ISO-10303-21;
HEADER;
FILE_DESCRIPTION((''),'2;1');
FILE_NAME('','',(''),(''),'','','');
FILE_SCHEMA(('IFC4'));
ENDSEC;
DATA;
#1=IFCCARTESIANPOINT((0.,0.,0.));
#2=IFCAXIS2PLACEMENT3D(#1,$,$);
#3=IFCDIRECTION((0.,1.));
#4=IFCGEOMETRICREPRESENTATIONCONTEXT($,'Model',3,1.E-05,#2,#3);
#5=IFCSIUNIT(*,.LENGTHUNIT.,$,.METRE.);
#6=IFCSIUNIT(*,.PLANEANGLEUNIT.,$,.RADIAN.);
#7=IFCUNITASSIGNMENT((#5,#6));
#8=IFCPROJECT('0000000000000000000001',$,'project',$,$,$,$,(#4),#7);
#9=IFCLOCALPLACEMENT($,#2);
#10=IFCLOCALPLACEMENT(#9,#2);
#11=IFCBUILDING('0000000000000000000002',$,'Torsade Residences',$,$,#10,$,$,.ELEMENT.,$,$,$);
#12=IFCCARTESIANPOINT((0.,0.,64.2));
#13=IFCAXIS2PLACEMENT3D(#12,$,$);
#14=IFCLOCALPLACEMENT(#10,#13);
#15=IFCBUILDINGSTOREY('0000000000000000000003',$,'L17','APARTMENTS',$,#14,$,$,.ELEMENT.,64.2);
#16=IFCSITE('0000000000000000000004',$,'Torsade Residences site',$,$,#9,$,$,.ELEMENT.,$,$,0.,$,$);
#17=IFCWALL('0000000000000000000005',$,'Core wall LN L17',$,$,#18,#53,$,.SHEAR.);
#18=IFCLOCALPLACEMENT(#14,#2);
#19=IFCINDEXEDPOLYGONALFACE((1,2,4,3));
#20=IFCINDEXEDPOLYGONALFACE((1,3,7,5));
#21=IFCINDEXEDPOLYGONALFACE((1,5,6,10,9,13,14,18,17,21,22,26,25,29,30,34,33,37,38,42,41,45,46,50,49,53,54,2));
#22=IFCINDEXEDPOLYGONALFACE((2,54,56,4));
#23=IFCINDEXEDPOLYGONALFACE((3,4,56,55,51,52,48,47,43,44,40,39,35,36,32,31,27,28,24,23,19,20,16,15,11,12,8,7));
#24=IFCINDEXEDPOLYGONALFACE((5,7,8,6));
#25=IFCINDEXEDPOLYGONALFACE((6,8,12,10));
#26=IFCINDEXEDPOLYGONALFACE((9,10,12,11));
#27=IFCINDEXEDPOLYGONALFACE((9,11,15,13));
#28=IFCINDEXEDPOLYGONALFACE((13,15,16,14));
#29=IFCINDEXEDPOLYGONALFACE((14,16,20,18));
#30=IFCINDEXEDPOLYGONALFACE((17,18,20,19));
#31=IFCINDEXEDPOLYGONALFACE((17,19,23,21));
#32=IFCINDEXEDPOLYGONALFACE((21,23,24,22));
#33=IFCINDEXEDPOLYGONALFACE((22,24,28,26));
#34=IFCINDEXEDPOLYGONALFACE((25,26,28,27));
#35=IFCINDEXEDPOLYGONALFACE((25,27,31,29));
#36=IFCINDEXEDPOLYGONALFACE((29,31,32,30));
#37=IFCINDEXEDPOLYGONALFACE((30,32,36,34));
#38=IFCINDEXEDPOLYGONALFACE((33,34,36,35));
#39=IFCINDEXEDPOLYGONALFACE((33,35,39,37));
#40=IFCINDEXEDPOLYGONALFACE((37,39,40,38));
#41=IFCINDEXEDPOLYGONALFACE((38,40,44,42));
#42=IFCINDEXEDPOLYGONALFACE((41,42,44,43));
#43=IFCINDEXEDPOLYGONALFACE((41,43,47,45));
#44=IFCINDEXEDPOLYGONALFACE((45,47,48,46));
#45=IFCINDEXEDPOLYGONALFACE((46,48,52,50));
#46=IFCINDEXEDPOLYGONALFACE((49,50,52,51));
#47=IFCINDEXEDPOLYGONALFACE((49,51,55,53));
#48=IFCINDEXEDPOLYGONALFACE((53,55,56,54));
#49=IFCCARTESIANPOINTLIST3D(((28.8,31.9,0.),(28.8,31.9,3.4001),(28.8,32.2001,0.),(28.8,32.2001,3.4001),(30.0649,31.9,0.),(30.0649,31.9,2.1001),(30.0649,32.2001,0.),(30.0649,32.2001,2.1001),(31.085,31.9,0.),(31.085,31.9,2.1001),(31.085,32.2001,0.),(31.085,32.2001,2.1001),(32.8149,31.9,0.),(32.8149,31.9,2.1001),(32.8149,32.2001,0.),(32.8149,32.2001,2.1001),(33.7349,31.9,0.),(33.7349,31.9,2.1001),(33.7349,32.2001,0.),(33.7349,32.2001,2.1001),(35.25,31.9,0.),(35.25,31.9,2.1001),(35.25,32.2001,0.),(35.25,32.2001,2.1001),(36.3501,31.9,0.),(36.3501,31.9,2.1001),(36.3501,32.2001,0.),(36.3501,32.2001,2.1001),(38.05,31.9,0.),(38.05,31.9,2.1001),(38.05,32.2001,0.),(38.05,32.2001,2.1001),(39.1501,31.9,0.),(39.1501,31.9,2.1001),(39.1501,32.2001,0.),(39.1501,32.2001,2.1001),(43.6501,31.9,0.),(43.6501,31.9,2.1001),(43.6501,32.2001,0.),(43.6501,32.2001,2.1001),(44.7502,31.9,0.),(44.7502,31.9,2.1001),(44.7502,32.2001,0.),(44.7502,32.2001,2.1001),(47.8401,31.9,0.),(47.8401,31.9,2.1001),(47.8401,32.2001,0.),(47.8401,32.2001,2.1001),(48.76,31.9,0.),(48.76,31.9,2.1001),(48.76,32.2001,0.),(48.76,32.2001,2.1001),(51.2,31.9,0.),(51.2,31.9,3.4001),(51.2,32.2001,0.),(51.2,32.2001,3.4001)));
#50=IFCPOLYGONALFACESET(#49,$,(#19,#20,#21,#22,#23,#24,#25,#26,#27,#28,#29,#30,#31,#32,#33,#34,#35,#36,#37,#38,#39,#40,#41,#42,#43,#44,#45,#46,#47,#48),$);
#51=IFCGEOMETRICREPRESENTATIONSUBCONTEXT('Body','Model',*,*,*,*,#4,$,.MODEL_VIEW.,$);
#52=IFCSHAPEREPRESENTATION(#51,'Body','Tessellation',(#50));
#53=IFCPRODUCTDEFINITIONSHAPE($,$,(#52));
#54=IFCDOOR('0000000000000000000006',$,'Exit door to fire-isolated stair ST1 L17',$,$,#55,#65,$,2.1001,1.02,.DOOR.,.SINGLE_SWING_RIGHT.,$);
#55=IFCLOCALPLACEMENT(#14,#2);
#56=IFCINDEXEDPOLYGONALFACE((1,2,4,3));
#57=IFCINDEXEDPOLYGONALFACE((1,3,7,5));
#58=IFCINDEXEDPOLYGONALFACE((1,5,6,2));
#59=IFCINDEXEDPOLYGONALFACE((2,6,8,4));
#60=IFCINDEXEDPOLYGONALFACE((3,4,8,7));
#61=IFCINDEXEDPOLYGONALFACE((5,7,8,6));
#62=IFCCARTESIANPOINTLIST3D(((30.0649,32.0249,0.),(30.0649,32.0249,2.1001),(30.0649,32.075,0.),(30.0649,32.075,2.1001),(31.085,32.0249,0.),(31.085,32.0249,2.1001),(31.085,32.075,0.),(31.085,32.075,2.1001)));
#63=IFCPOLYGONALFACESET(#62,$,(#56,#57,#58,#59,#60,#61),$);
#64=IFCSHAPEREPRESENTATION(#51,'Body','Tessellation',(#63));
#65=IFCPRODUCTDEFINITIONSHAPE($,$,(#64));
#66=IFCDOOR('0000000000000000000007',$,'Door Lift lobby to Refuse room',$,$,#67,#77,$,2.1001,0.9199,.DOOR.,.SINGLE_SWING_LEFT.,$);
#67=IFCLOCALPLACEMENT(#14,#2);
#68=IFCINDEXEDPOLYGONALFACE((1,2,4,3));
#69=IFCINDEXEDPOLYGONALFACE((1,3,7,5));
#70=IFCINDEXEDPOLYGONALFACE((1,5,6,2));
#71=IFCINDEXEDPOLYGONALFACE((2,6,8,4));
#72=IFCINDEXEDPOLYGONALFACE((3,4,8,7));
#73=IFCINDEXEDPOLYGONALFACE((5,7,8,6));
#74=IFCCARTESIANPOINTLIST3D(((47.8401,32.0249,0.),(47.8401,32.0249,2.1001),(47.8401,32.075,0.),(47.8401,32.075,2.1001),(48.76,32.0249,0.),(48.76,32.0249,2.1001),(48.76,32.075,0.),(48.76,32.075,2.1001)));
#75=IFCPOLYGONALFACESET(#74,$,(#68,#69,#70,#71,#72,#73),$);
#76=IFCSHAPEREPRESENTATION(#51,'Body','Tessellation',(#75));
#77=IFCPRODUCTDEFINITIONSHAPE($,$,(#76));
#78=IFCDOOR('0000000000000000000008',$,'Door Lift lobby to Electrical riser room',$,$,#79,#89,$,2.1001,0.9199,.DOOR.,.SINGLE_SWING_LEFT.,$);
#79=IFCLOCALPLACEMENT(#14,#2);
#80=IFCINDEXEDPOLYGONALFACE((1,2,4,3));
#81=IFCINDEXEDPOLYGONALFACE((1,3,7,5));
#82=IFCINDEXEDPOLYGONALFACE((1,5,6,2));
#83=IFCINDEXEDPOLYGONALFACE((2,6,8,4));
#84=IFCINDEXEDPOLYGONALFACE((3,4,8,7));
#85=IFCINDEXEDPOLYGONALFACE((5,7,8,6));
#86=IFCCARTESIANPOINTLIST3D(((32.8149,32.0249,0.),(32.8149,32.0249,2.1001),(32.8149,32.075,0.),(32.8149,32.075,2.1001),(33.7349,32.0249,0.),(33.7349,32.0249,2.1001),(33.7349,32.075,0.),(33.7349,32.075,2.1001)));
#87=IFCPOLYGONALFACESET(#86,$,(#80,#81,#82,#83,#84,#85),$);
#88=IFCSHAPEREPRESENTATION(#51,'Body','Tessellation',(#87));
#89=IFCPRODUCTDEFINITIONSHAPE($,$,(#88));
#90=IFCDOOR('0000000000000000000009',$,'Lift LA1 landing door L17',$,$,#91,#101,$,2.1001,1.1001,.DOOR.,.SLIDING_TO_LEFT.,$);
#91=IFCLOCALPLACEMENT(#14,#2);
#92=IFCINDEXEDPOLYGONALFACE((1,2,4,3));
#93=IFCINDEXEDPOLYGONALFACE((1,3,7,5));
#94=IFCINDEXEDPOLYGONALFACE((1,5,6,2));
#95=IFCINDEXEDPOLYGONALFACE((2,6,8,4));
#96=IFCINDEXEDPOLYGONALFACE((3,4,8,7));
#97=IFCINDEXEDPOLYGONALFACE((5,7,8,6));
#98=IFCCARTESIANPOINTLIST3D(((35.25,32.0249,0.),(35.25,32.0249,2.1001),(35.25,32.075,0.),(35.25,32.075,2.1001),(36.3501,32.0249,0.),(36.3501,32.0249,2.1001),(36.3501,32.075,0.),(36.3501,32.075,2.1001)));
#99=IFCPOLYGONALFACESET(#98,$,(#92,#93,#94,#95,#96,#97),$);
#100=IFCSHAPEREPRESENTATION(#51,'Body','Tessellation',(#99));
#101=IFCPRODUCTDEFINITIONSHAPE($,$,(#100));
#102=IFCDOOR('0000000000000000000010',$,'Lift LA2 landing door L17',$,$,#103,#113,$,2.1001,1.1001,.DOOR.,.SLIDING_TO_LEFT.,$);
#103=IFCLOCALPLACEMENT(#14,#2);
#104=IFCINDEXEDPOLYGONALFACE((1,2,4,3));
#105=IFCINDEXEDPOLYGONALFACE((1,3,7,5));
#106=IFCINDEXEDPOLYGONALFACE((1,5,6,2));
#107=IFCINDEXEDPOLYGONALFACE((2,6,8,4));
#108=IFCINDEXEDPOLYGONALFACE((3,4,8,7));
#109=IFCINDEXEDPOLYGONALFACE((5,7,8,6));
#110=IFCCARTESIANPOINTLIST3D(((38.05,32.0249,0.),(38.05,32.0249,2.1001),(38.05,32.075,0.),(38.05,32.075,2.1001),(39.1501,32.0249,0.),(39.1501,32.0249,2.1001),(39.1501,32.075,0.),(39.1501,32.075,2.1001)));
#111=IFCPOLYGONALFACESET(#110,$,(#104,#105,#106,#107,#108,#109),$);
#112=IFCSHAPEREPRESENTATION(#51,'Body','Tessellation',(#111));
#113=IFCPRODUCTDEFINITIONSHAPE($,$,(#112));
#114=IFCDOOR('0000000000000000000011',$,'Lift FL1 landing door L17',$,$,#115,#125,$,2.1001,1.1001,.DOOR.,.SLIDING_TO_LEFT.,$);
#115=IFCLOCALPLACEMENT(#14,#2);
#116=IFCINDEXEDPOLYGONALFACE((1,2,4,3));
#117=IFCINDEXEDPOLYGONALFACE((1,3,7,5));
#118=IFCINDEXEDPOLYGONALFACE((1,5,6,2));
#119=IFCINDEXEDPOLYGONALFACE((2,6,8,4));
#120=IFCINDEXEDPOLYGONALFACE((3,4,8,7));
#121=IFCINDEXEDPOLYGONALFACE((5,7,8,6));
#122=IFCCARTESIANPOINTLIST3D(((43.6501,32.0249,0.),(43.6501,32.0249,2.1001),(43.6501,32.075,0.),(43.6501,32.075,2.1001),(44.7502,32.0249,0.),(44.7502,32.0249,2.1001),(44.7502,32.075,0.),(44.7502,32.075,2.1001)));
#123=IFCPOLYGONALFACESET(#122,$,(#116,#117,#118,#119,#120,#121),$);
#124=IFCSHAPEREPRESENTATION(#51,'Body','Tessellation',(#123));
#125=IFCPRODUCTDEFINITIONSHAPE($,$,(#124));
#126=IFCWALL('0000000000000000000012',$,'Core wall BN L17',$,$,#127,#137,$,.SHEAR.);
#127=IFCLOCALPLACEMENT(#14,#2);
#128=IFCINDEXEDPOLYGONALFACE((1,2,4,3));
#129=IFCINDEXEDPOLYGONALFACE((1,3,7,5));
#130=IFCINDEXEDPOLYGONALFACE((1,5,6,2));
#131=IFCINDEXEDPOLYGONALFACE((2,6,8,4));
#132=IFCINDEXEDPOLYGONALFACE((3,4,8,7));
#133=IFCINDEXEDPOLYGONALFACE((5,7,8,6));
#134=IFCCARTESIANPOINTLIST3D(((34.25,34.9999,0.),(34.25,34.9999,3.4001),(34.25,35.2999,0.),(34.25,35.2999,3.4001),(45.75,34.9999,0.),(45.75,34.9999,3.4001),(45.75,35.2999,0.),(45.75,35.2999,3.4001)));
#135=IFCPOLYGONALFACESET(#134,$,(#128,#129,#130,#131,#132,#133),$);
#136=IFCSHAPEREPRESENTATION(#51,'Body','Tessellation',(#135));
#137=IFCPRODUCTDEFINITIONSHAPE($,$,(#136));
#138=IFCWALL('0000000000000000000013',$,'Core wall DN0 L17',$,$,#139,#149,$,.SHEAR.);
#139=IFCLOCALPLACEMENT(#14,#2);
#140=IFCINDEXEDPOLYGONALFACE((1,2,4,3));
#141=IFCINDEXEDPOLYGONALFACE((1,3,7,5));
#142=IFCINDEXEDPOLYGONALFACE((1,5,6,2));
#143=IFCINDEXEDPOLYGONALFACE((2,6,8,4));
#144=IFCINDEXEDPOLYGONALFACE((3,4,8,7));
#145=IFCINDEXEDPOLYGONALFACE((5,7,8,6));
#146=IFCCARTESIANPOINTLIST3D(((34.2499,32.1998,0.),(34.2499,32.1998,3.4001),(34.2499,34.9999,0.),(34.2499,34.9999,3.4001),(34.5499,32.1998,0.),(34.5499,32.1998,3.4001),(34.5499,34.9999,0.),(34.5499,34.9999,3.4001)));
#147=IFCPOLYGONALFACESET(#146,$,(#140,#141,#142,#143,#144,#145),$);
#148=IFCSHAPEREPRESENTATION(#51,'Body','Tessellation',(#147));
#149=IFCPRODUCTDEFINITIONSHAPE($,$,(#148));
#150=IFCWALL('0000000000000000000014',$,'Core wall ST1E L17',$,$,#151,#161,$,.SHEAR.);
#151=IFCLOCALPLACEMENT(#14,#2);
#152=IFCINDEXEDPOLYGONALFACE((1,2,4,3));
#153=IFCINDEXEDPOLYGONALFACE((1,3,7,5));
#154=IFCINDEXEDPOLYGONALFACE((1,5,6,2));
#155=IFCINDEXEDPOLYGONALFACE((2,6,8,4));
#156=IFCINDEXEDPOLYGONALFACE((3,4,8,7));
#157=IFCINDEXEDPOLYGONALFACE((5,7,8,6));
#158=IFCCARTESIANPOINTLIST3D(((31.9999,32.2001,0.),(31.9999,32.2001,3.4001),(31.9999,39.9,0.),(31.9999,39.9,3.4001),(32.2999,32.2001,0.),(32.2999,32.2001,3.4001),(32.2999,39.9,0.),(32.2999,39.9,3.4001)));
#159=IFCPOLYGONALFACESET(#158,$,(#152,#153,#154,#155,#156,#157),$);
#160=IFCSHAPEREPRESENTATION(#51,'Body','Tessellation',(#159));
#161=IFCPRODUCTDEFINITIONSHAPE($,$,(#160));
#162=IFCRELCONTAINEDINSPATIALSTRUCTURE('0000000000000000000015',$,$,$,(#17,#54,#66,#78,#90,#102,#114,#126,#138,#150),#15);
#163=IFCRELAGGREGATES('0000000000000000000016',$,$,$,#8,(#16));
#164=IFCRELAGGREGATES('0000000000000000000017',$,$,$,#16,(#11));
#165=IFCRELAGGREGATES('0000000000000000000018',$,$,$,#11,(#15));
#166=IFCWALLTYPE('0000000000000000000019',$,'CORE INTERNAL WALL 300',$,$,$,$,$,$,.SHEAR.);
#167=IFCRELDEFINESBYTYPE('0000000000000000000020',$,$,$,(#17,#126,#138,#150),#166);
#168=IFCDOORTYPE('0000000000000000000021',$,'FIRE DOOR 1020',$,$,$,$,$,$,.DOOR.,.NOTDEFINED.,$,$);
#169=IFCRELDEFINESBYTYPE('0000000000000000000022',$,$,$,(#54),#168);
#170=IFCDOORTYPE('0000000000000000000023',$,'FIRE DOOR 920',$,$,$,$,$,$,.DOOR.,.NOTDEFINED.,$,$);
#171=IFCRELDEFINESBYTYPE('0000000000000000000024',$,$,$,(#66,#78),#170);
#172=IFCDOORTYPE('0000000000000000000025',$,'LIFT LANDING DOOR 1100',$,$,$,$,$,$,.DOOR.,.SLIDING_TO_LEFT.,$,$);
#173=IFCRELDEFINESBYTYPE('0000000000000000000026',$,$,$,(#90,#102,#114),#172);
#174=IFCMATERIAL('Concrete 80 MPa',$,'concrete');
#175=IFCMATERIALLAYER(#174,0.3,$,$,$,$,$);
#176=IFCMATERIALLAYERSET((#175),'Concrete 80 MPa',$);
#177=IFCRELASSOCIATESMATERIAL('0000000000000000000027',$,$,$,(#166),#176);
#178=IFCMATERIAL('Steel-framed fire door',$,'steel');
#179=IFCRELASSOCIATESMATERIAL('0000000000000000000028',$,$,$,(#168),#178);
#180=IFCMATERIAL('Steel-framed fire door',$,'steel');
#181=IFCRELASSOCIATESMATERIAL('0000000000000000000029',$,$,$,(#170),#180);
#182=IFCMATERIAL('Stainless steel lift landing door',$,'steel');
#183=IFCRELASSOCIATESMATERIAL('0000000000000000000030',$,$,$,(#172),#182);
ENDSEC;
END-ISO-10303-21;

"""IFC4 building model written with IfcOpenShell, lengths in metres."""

from ifc_helpers import new_model, si_unit, direction, frame, frame_2d, origin, place, context, subcontext, project, spatial, rectangle, extrude, material, layer, layer_set, type_object, element, fill, save


model = new_model("IFC4")

# Units and contexts
model_context = context("Model", 3, precision=1e-05, world=origin(), true_north=direction((0.0, 1.0)))
body_context = subcontext(model_context, "Body", "Model", "MODEL_VIEW")
ifc_project = project(units=[si_unit("LENGTHUNIT", "METRE"), si_unit("PLANEANGLEUNIT", "RADIAN")], contexts=[model_context])

# Site, building, storey
site_placement = place(None, origin())
site = spatial("IfcSite", under=ifc_project, at=site_placement, Name="Torsade Residences site", CompositionType="ELEMENT", RefElevation=0.0)
building_placement = place(site_placement, origin())
building = spatial("IfcBuilding", under=site, at=building_placement, Name="Torsade Residences", CompositionType="ELEMENT")
storey_placement = place(building_placement, frame((0.0, 0.0, 64.2)))
storey = spatial("IfcBuildingStorey", under=building, at=storey_placement, Name="L17", Description="APARTMENTS", CompositionType="ELEMENT", Elevation=64.2)

# Wall, openings, doors
ifc_material_1 = material(Name="Concrete 80 MPa", Category="concrete")
ifc_layer_1 = layer(ifc_material_1, 0.3)
ifc_layer_set_1 = layer_set([ifc_layer_1], Name="Concrete 80 MPa")
wall_type_1 = type_object("IfcWallType", Name="CORE INTERNAL WALL 300", PredefinedType="SHEAR", material=ifc_layer_set_1)
wall_1_placement = place(storey_placement, frame((28.8, 32.05, 0.0), z_axis=(0.0, 0.0, 1.0), x_axis=(1.0, 0.0, 0.0)))
wall_1 = element("IfcWall", 1, at=wall_1_placement, inside=storey, type_object=wall_type_1, Name="Core wall LN L17", PredefinedType="SHEAR", context=body_context, shape_type="SweptSolid", body=[
    extrude(rectangle(XDim=22.3999, YDim=0.3, at=frame_2d((11.2, 0.0))), origin(), (0.0, 0.0, 1.0), 3.4001),
])
opening_1_placement = place(wall_1_placement, frame((19.04, 0.0, 0.0)))
opening_1 = element("IfcOpeningElement", 2, at=opening_1_placement, cuts=wall_1, PredefinedType="OPENING", context=body_context, shape_type="SweptSolid", body=[
    extrude(rectangle(XDim=0.9199, YDim=2.1001, at=frame_2d((0.46, 1.05))), frame((0.0, 0.1599, 0.0), z_axis=(0.0, -1.0, 0.0), x_axis=(1.0, 0.0, 0.0)), (0.0, 0.0, 1.0), 0.3201),
])
opening_2_placement = place(wall_1_placement, frame((1.2649, 0.0, 0.0)))
opening_2 = element("IfcOpeningElement", 3, at=opening_2_placement, cuts=wall_1, PredefinedType="OPENING", context=body_context, shape_type="SweptSolid", body=[
    extrude(rectangle(XDim=1.02, YDim=2.1001, at=frame_2d((0.51, 1.05))), frame((0.0, 0.1599, 0.0), z_axis=(0.0, -1.0, 0.0), x_axis=(1.0, 0.0, 0.0)), (0.0, 0.0, 1.0), 0.3201),
])
opening_3_placement = place(wall_1_placement, frame((4.0149, 0.0, 0.0)))
opening_3 = element("IfcOpeningElement", 4, at=opening_3_placement, cuts=wall_1, PredefinedType="OPENING", context=body_context, shape_type="SweptSolid", body=[
    extrude(rectangle(XDim=0.9199, YDim=2.1001, at=frame_2d((0.46, 1.05))), frame((0.0, 0.1599, 0.0), z_axis=(0.0, -1.0, 0.0), x_axis=(1.0, 0.0, 0.0)), (0.0, 0.0, 1.0), 0.3201),
])
opening_4_placement = place(wall_1_placement, frame((6.45, 0.0, 0.0)))
opening_4 = element("IfcOpeningElement", 5, at=opening_4_placement, cuts=wall_1, PredefinedType="OPENING", context=body_context, shape_type="SweptSolid", body=[
    extrude(rectangle(XDim=1.1001, YDim=2.1001, at=frame_2d((0.55, 1.05))), frame((0.0, 0.1599, 0.0), z_axis=(0.0, -1.0, 0.0), x_axis=(1.0, 0.0, 0.0)), (0.0, 0.0, 1.0), 0.3201),
])
opening_5_placement = place(wall_1_placement, frame((9.25, 0.0, 0.0)))
opening_5 = element("IfcOpeningElement", 6, at=opening_5_placement, cuts=wall_1, PredefinedType="OPENING", context=body_context, shape_type="SweptSolid", body=[
    extrude(rectangle(XDim=1.1001, YDim=2.1001, at=frame_2d((0.55, 1.05))), frame((0.0, 0.1599, 0.0), z_axis=(0.0, -1.0, 0.0), x_axis=(1.0, 0.0, 0.0)), (0.0, 0.0, 1.0), 0.3201),
])
opening_6_placement = place(wall_1_placement, frame((14.8501, 0.0, 0.0)))
opening_6 = element("IfcOpeningElement", 7, at=opening_6_placement, cuts=wall_1, PredefinedType="OPENING", context=body_context, shape_type="SweptSolid", body=[
    extrude(rectangle(XDim=1.1001, YDim=2.1001, at=frame_2d((0.55, 1.05))), frame((0.0, 0.1599, 0.0), z_axis=(0.0, -1.0, 0.0), x_axis=(1.0, 0.0, 0.0)), (0.0, 0.0, 1.0), 0.3201),
])
ifc_material_2 = material(Name="Steel-framed fire door", Category="steel")
door_type_1 = type_object("IfcDoorType", Name="FIRE DOOR 1020", OperationType="NOTDEFINED", PredefinedType="DOOR", material=ifc_material_2)
door_1_placement = place(opening_2_placement, origin())
door_1 = element("IfcDoor", 8, at=door_1_placement, inside=storey, type_object=door_type_1, Name="Exit door to fire-isolated stair ST1 L17", OperationType="SINGLE_SWING_RIGHT", OverallHeight=2.1001, OverallWidth=1.02, PredefinedType="DOOR", context=body_context, shape_type="SweptSolid", body=[
    extrude(rectangle(XDim=1.02, YDim=2.1001, at=frame_2d((0.51, 1.05))), frame((0.0, 0.0249, 0.0), z_axis=(0.0, -1.0, 0.0), x_axis=(1.0, 0.0, 0.0)), (0.0, 0.0, 1.0), 0.05),
])
fill(opening_2, door_1)
ifc_material_3 = material(Name="Steel-framed fire door", Category="steel")
door_type_2 = type_object("IfcDoorType", Name="FIRE DOOR 920", OperationType="NOTDEFINED", PredefinedType="DOOR", material=ifc_material_3)
door_2_placement = place(opening_1_placement, origin())
door_2 = element("IfcDoor", 9, at=door_2_placement, inside=storey, type_object=door_type_2, Name="Door Lift lobby to Refuse room", OperationType="SINGLE_SWING_LEFT", OverallHeight=2.1001, OverallWidth=0.9199, PredefinedType="DOOR", context=body_context, shape_type="SweptSolid", body=[
    extrude(rectangle(XDim=0.9199, YDim=2.1001, at=frame_2d((0.46, 1.05))), frame((0.0, 0.0249, 0.0), z_axis=(0.0, -1.0, 0.0), x_axis=(1.0, 0.0, 0.0)), (0.0, 0.0, 1.0), 0.05),
])
fill(opening_1, door_2)
door_3_placement = place(opening_3_placement, origin())
door_3 = element("IfcDoor", 10, at=door_3_placement, inside=storey, type_object=door_type_2, Name="Door Lift lobby to Electrical riser room", OperationType="SINGLE_SWING_LEFT", OverallHeight=2.1001, OverallWidth=0.9199, PredefinedType="DOOR", context=body_context, shape_type="SweptSolid", body=[
    extrude(rectangle(XDim=0.9199, YDim=2.1001, at=frame_2d((0.46, 1.05))), frame((0.0, 0.0249, 0.0), z_axis=(0.0, -1.0, 0.0), x_axis=(1.0, 0.0, 0.0)), (0.0, 0.0, 1.0), 0.05),
])
fill(opening_3, door_3)
ifc_material_4 = material(Name="Stainless steel lift landing door", Category="steel")
door_type_3 = type_object("IfcDoorType", Name="LIFT LANDING DOOR 1100", OperationType="SLIDING_TO_LEFT", PredefinedType="DOOR", material=ifc_material_4)
door_4_placement = place(opening_4_placement, origin())
door_4 = element("IfcDoor", 11, at=door_4_placement, inside=storey, type_object=door_type_3, Name="Lift LA1 landing door L17", OperationType="SLIDING_TO_LEFT", OverallHeight=2.1001, OverallWidth=1.1001, PredefinedType="DOOR", context=body_context, shape_type="SweptSolid", body=[
    extrude(rectangle(XDim=1.1001, YDim=2.1001, at=frame_2d((0.55, 1.05))), frame((0.0, 0.0249, 0.0), z_axis=(0.0, -1.0, 0.0), x_axis=(1.0, 0.0, 0.0)), (0.0, 0.0, 1.0), 0.05),
])
fill(opening_4, door_4)
door_5_placement = place(opening_5_placement, origin())
door_5 = element("IfcDoor", 12, at=door_5_placement, inside=storey, type_object=door_type_3, Name="Lift LA2 landing door L17", OperationType="SLIDING_TO_LEFT", OverallHeight=2.1001, OverallWidth=1.1001, PredefinedType="DOOR", context=body_context, shape_type="SweptSolid", body=[
    extrude(rectangle(XDim=1.1001, YDim=2.1001, at=frame_2d((0.55, 1.05))), frame((0.0, 0.0249, 0.0), z_axis=(0.0, -1.0, 0.0), x_axis=(1.0, 0.0, 0.0)), (0.0, 0.0, 1.0), 0.05),
])
fill(opening_5, door_5)
door_6_placement = place(opening_6_placement, origin())
door_6 = element("IfcDoor", 13, at=door_6_placement, inside=storey, type_object=door_type_3, Name="Lift FL1 landing door L17", OperationType="SLIDING_TO_LEFT", OverallHeight=2.1001, OverallWidth=1.1001, PredefinedType="DOOR", context=body_context, shape_type="SweptSolid", body=[
    extrude(rectangle(XDim=1.1001, YDim=2.1001, at=frame_2d((0.55, 1.05))), frame((0.0, 0.0249, 0.0), z_axis=(0.0, -1.0, 0.0), x_axis=(1.0, 0.0, 0.0)), (0.0, 0.0, 1.0), 0.05),
])
fill(opening_6, door_6)

# Walls
wall_2_placement = place(storey_placement, frame((34.25, 35.1499, 0.0), z_axis=(0.0, 0.0, 1.0), x_axis=(1.0, 0.0, 0.0)))
element("IfcWall", 14, at=wall_2_placement, inside=storey, type_object=wall_type_1, Name="Core wall BN L17", PredefinedType="SHEAR", context=body_context, shape_type="SweptSolid", body=[
    extrude(rectangle(XDim=11.5, YDim=0.3, at=frame_2d((5.75, 0.0))), origin(), (0.0, 0.0, 1.0), 3.4001),
])
wall_3_placement = place(storey_placement, frame((34.3999, 32.2, 0.0), z_axis=(0.0, 0.0, 1.0), x_axis=(0.0, 1.0, 0.0)))
element("IfcWall", 15, at=wall_3_placement, inside=storey, type_object=wall_type_1, Name="Core wall DN0 L17", PredefinedType="SHEAR", context=body_context, shape_type="SweptSolid", body=[
    extrude(rectangle(XDim=2.8, YDim=0.3, at=frame_2d((1.3999, 0.0))), origin(), (0.0, 0.0, 1.0), 3.4001),
])
wall_4_placement = place(storey_placement, frame((32.1499, 32.2, 0.0), z_axis=(0.0, 0.0, 1.0), x_axis=(0.0, 1.0, 0.0)))
element("IfcWall", 16, at=wall_4_placement, inside=storey, type_object=wall_type_1, Name="Core wall ST1E L17", PredefinedType="SHEAR", context=body_context, shape_type="SweptSolid", body=[
    extrude(rectangle(XDim=7.7, YDim=0.3, at=frame_2d((3.8501, 0.0))), origin(), (0.0, 0.0, 1.0), 3.4001),
])

save(model, "model.ifc")
